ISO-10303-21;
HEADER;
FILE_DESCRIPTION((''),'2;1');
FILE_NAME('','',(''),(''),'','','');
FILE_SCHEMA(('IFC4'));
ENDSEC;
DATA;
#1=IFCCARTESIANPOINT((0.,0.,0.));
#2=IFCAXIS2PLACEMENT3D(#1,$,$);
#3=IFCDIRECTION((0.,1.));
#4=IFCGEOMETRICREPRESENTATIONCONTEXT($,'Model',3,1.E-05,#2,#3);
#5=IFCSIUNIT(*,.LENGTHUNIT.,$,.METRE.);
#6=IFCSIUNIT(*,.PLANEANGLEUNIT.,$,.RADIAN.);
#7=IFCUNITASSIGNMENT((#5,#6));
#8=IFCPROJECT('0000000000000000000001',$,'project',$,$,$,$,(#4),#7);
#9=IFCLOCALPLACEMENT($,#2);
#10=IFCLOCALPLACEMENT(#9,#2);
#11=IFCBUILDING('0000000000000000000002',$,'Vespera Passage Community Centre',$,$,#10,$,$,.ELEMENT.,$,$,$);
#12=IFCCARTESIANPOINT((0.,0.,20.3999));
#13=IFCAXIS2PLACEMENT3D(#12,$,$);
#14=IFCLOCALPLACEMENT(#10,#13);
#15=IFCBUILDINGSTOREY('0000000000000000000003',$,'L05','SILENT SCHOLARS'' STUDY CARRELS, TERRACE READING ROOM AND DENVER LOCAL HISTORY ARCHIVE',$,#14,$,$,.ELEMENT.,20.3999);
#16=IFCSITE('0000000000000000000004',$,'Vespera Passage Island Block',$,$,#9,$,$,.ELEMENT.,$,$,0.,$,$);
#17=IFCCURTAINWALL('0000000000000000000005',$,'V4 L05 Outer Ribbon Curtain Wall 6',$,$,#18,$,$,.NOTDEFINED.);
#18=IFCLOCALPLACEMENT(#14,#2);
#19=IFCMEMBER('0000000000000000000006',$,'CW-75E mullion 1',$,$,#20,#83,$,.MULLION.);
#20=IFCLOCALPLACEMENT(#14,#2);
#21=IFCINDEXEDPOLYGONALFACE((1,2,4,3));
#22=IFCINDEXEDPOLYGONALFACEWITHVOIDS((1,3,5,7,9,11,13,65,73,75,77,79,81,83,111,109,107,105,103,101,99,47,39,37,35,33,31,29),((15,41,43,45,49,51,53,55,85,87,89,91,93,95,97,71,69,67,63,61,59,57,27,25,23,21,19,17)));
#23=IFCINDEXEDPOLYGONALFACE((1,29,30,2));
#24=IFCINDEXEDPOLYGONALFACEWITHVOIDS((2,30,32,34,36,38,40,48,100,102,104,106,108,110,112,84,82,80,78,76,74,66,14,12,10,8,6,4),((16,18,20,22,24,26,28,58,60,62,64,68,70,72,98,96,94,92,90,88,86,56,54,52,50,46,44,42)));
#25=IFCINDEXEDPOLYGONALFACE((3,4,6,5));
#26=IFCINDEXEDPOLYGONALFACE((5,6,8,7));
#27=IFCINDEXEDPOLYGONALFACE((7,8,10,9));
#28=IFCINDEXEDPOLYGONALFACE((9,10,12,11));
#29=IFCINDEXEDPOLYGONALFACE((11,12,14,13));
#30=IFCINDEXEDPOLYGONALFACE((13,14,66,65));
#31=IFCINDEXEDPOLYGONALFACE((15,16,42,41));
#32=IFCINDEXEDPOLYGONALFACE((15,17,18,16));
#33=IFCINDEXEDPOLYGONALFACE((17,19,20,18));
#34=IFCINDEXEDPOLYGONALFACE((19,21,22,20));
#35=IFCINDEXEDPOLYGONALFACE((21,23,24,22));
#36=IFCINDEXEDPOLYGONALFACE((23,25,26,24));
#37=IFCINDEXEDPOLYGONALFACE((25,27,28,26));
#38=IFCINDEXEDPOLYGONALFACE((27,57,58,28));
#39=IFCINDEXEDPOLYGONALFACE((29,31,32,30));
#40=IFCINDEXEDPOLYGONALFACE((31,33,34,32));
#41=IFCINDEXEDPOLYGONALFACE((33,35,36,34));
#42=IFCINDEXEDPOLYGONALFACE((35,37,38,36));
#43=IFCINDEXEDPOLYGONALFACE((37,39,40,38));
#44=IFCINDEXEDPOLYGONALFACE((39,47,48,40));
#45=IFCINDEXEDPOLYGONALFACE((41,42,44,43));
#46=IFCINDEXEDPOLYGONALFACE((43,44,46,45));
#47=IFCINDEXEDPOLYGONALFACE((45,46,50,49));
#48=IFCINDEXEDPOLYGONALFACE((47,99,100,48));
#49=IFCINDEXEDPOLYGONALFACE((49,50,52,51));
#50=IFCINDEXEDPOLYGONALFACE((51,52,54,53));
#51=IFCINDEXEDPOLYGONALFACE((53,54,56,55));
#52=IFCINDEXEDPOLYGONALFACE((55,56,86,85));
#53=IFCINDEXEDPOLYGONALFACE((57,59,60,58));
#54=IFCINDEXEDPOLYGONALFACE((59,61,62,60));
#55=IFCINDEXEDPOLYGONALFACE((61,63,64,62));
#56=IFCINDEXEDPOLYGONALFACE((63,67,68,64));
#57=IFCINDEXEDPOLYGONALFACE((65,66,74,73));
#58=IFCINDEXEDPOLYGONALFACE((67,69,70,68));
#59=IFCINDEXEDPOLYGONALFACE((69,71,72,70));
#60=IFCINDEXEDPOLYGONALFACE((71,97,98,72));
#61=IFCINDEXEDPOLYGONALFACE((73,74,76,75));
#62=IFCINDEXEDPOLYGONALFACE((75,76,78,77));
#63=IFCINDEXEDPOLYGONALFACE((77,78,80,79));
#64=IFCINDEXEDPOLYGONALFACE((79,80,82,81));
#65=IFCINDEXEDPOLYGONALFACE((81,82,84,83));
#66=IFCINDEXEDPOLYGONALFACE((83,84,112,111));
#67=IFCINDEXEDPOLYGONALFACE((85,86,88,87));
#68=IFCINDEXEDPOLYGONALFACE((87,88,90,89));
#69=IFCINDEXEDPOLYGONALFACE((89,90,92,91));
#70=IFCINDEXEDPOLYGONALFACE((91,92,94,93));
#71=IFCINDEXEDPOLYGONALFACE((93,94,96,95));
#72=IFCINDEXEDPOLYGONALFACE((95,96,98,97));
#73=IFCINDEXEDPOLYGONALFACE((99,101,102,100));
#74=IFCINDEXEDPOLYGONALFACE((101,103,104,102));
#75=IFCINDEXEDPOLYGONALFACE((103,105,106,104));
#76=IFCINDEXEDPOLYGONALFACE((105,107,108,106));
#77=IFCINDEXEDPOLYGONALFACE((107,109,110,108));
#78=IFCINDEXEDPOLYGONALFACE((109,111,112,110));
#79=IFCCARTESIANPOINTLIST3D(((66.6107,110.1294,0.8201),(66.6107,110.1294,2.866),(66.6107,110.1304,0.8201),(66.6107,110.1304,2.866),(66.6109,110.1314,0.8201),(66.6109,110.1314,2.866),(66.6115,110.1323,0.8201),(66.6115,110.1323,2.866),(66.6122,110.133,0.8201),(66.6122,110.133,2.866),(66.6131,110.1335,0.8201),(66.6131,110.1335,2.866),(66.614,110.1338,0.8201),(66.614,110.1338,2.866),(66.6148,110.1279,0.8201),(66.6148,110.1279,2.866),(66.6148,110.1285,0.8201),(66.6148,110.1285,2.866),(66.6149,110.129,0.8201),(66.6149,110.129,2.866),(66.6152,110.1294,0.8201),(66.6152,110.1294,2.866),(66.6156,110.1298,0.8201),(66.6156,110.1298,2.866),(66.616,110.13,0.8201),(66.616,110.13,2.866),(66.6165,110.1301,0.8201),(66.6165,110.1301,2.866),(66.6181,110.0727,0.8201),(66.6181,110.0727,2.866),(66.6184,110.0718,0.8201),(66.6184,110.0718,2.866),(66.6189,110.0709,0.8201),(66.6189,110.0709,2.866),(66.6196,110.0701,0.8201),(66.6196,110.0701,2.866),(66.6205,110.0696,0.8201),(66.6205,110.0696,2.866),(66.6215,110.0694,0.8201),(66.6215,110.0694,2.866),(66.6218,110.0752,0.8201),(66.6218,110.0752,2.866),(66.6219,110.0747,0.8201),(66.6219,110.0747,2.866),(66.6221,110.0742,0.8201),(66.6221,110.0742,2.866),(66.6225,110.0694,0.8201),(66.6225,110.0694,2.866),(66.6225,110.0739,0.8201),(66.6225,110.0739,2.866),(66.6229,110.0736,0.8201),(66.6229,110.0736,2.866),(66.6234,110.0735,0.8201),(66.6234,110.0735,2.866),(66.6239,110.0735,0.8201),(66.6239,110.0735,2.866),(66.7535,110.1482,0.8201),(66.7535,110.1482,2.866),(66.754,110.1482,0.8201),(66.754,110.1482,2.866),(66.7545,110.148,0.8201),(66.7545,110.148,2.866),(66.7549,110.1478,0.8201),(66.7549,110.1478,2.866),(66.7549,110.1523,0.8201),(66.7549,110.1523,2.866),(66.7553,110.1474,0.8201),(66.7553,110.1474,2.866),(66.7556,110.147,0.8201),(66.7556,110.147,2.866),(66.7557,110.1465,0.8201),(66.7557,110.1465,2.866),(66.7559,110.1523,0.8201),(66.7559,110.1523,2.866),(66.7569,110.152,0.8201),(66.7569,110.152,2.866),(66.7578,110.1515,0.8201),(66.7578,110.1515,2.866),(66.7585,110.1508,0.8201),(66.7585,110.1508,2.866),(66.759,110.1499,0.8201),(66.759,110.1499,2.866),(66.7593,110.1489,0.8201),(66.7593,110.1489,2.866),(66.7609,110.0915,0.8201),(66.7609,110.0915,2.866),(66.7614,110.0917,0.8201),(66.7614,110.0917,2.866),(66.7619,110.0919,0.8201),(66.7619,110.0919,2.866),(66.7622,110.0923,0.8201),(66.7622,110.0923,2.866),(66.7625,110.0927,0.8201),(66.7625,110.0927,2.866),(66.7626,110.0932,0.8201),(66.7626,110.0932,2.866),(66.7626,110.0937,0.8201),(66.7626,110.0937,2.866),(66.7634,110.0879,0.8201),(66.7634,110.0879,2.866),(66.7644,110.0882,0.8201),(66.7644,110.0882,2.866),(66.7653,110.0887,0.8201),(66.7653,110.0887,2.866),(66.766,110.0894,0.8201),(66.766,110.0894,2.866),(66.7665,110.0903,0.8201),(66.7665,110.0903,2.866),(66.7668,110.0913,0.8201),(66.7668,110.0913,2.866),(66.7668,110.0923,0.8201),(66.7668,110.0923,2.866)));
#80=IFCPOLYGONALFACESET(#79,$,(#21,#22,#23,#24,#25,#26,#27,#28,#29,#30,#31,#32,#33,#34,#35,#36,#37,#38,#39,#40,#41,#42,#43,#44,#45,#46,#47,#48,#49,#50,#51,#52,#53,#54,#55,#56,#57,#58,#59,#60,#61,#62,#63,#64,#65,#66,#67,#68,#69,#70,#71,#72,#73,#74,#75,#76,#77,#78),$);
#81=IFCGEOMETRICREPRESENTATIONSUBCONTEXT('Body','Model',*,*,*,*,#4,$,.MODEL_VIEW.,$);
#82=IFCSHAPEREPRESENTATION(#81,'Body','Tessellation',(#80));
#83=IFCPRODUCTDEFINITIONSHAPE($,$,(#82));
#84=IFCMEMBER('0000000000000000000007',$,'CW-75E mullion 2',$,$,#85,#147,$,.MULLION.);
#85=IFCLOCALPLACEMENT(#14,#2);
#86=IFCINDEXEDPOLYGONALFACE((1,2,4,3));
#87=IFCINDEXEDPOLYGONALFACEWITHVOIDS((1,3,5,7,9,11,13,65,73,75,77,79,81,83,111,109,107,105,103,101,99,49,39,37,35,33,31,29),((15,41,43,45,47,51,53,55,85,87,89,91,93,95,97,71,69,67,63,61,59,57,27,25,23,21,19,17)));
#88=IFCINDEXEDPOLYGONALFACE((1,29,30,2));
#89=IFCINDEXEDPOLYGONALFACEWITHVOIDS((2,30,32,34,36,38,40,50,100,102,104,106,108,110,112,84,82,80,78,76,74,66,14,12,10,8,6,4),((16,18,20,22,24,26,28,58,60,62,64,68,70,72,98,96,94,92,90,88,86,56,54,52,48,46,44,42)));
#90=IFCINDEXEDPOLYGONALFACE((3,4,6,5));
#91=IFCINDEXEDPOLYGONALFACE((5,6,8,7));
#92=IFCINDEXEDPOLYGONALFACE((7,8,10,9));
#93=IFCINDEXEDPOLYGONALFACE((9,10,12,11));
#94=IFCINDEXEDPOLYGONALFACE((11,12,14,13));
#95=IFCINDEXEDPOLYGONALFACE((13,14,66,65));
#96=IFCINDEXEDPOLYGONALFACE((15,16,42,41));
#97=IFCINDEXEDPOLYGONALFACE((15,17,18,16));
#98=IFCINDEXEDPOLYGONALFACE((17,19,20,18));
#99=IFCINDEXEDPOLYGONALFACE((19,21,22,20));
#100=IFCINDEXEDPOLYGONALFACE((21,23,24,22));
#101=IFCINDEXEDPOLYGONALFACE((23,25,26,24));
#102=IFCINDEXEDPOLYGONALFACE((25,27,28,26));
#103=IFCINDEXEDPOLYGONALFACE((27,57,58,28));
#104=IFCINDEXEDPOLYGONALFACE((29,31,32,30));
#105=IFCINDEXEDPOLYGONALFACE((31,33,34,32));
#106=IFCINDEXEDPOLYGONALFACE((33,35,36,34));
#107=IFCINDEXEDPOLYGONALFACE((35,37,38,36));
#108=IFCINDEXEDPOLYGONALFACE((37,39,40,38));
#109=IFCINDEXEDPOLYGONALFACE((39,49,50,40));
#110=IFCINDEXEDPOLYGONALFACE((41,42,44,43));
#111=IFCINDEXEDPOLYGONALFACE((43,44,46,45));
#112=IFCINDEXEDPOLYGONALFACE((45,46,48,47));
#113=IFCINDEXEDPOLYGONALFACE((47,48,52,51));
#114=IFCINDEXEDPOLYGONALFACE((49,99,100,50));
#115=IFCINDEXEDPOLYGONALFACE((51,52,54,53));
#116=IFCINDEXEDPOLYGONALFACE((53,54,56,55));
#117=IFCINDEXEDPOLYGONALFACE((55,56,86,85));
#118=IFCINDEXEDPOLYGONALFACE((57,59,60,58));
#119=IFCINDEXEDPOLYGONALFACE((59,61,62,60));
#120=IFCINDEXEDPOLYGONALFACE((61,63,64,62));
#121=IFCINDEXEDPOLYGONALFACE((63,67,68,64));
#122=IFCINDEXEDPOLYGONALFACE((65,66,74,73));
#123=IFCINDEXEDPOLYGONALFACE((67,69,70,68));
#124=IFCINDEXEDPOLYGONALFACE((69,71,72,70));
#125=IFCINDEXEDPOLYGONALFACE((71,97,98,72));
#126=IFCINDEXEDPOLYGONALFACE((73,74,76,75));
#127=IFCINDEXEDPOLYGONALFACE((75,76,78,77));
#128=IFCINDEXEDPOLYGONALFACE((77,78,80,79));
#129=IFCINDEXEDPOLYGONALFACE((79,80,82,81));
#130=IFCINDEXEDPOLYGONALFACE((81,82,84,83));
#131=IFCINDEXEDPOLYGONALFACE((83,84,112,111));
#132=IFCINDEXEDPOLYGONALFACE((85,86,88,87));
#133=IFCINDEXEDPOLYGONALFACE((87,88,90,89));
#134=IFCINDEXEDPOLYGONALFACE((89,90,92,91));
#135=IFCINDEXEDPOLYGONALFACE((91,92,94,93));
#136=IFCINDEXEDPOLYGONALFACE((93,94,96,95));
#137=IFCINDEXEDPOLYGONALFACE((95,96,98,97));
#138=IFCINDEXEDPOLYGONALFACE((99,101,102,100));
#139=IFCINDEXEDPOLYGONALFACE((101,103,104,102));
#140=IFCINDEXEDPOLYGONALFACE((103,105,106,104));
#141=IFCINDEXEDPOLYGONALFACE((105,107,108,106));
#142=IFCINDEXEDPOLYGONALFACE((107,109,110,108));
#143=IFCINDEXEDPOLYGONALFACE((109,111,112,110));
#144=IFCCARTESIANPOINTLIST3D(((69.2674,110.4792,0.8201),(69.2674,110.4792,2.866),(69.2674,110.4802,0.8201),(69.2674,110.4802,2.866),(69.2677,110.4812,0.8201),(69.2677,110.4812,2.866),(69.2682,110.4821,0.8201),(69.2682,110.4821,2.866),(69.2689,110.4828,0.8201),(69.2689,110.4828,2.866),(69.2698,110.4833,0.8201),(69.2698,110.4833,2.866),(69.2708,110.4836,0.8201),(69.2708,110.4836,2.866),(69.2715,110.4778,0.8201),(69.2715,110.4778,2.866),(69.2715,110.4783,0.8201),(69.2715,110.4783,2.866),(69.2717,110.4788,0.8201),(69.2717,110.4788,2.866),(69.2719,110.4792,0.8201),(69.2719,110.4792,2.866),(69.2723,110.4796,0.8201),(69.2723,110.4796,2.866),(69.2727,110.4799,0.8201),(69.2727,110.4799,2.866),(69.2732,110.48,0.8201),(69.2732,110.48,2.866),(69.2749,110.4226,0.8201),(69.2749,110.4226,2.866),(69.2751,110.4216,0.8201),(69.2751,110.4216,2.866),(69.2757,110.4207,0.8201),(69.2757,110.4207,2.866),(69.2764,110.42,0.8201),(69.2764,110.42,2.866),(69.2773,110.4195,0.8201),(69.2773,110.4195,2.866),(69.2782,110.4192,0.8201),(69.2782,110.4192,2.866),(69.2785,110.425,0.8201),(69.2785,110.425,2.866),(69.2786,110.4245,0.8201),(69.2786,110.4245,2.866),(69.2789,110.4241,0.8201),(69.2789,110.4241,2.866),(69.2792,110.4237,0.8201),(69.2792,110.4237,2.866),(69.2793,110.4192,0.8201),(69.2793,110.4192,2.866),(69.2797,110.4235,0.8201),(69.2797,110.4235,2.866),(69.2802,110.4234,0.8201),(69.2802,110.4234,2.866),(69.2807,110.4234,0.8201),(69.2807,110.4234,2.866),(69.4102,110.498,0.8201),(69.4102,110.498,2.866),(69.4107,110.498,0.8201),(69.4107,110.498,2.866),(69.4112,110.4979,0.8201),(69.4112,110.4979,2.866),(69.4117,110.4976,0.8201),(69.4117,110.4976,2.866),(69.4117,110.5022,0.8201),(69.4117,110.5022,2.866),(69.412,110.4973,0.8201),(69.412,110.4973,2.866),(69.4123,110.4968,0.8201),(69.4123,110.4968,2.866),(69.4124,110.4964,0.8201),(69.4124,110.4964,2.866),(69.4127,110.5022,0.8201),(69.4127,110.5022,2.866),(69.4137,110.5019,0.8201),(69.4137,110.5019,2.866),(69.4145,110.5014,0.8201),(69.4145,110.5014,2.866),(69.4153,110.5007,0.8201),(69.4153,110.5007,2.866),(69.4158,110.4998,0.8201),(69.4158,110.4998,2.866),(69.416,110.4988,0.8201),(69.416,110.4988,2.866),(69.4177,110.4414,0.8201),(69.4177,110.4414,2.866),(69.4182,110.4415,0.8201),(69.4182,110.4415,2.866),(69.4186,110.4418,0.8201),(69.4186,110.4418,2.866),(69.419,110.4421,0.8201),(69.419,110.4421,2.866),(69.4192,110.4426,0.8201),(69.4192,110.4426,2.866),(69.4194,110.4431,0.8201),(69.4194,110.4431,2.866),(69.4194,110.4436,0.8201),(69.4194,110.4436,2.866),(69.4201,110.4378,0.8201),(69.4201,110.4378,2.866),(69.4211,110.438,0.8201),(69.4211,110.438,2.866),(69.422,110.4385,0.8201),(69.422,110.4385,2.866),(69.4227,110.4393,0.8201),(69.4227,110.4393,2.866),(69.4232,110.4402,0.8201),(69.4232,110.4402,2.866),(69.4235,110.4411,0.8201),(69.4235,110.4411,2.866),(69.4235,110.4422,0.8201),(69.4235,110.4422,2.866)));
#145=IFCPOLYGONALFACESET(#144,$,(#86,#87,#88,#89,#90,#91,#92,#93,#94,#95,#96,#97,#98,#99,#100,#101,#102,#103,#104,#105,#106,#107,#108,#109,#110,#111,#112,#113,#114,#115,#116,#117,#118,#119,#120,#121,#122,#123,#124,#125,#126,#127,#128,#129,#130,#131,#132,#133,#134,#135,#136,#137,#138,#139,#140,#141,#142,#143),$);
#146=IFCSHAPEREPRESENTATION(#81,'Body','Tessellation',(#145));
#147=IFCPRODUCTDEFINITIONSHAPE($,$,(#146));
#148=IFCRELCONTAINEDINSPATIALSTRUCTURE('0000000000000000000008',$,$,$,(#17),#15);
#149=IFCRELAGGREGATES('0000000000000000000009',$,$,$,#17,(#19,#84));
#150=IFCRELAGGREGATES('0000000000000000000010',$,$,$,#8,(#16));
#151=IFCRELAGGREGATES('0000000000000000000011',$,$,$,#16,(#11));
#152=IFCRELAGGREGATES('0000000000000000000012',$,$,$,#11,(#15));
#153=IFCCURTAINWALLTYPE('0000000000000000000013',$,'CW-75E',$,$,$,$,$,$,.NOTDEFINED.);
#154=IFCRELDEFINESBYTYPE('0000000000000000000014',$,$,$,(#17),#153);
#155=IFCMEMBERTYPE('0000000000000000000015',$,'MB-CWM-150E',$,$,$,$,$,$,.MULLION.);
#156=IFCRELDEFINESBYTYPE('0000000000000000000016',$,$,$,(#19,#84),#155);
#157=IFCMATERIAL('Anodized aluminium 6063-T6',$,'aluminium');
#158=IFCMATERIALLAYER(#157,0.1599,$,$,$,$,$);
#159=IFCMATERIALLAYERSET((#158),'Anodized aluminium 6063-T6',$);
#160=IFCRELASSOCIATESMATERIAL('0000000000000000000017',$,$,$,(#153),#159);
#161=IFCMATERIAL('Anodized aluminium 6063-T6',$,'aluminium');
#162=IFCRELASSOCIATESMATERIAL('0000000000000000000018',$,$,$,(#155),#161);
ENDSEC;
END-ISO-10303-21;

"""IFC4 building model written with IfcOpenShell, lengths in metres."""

from ifc_helpers import new_model, si_unit, direction, frame, origin, origin_2d, place, context, subcontext, project, spatial, hollow_rectangle, extrude, material, layer, layer_set, material_profile, profile_set, type_object, element, aggregate, save


model = new_model("IFC4")

# Units and contexts
model_context = context("Model", 3, precision=1e-05, world=origin(), true_north=direction((0.0, 1.0)))
body_context = subcontext(model_context, "Body", "Model", "MODEL_VIEW")
ifc_project = project(units=[si_unit("LENGTHUNIT", "METRE"), si_unit("PLANEANGLEUNIT", "RADIAN")], contexts=[model_context])

# Site, building, storey
site_placement = place(None, origin())
site = spatial("IfcSite", under=ifc_project, at=site_placement, Name="Vespera Passage Island Block", CompositionType="ELEMENT", RefElevation=0.0)
building_placement = place(site_placement, origin())
building = spatial("IfcBuilding", under=site, at=building_placement, Name="Vespera Passage Community Centre", CompositionType="ELEMENT")
storey_placement = place(building_placement, frame((0.0, 0.0, 20.3999)))
storey = spatial("IfcBuildingStorey", under=building, at=storey_placement, Name="L05", Description="SILENT SCHOLARS' STUDY CARRELS, TERRACE READING ROOM AND DENVER LOCAL HISTORY ARCHIVE", CompositionType="ELEMENT", Elevation=20.3999)

# Curtain wall, members
ifc_material_1 = material(Name="Anodized aluminium 6063-T6", Category="aluminium")
ifc_layer_1 = layer(ifc_material_1, 0.1599)
ifc_layer_set_1 = layer_set([ifc_layer_1], Name="Anodized aluminium 6063-T6")
curtain_wall_type = type_object("IfcCurtainWallType", Name="CW-75E", PredefinedType="NOTDEFINED", material=ifc_layer_set_1)
curtain_wall_placement = place(storey_placement, origin())
curtain_wall = element("IfcCurtainWall", 1, at=curtain_wall_placement, inside=storey, type_object=curtain_wall_type, Name="V4 L05 Outer Ribbon Curtain Wall 6", PredefinedType="NOTDEFINED")
ifc_material_2 = material(Name="Anodized aluminium 6063-T6", Category="aluminium")
ifc_material_profile_1 = material_profile(ifc_material_2, hollow_rectangle(XDim=0.0649, YDim=0.1499, WallThickness=0.0039, InnerFilletRadius=0.002, OuterFilletRadius=0.0039, at=origin_2d()), Name="ALU150X65X4")
ifc_profile_set_1 = profile_set([ifc_material_profile_1], Name="Anodized aluminium 6063-T6")
member_type_1 = type_object("IfcMemberType", Name="MB-CWM-150E", PredefinedType="MULLION", material=ifc_profile_set_1)
member_1_placement = place(storey_placement, frame((66.6887, 110.1108, 0.8201), z_axis=(0.0, 0.0, 1.0), x_axis=(-0.130531, 0.991444, 0.0)))
member_1 = element("IfcMember", 2, at=member_1_placement, type_object=member_type_1, Name="CW-75E mullion 1", PredefinedType="MULLION", context=body_context, shape_type="SweptSolid", body=[
    extrude(hollow_rectangle(XDim=0.0649, YDim=0.1499, WallThickness=0.0039, InnerFilletRadius=0.002, OuterFilletRadius=0.0039, at=origin_2d()), origin(), (0.0, 0.0, 1.0), 2.0459),
])
member_2_placement = place(storey_placement, frame((69.3455, 110.4607, 0.8201), z_axis=(0.0, 0.0, 1.0), x_axis=(-0.130531, 0.991444, 0.0)))
member_2 = element("IfcMember", 3, at=member_2_placement, type_object=member_type_1, Name="CW-75E mullion 2", PredefinedType="MULLION", context=body_context, shape_type="SweptSolid", body=[
    extrude(hollow_rectangle(XDim=0.0649, YDim=0.1499, WallThickness=0.0039, InnerFilletRadius=0.002, OuterFilletRadius=0.0039, at=origin_2d()), origin(), (0.0, 0.0, 1.0), 2.0459),
])
aggregate(curtain_wall, [member_1, member_2])

save(model, "model.ifc")
